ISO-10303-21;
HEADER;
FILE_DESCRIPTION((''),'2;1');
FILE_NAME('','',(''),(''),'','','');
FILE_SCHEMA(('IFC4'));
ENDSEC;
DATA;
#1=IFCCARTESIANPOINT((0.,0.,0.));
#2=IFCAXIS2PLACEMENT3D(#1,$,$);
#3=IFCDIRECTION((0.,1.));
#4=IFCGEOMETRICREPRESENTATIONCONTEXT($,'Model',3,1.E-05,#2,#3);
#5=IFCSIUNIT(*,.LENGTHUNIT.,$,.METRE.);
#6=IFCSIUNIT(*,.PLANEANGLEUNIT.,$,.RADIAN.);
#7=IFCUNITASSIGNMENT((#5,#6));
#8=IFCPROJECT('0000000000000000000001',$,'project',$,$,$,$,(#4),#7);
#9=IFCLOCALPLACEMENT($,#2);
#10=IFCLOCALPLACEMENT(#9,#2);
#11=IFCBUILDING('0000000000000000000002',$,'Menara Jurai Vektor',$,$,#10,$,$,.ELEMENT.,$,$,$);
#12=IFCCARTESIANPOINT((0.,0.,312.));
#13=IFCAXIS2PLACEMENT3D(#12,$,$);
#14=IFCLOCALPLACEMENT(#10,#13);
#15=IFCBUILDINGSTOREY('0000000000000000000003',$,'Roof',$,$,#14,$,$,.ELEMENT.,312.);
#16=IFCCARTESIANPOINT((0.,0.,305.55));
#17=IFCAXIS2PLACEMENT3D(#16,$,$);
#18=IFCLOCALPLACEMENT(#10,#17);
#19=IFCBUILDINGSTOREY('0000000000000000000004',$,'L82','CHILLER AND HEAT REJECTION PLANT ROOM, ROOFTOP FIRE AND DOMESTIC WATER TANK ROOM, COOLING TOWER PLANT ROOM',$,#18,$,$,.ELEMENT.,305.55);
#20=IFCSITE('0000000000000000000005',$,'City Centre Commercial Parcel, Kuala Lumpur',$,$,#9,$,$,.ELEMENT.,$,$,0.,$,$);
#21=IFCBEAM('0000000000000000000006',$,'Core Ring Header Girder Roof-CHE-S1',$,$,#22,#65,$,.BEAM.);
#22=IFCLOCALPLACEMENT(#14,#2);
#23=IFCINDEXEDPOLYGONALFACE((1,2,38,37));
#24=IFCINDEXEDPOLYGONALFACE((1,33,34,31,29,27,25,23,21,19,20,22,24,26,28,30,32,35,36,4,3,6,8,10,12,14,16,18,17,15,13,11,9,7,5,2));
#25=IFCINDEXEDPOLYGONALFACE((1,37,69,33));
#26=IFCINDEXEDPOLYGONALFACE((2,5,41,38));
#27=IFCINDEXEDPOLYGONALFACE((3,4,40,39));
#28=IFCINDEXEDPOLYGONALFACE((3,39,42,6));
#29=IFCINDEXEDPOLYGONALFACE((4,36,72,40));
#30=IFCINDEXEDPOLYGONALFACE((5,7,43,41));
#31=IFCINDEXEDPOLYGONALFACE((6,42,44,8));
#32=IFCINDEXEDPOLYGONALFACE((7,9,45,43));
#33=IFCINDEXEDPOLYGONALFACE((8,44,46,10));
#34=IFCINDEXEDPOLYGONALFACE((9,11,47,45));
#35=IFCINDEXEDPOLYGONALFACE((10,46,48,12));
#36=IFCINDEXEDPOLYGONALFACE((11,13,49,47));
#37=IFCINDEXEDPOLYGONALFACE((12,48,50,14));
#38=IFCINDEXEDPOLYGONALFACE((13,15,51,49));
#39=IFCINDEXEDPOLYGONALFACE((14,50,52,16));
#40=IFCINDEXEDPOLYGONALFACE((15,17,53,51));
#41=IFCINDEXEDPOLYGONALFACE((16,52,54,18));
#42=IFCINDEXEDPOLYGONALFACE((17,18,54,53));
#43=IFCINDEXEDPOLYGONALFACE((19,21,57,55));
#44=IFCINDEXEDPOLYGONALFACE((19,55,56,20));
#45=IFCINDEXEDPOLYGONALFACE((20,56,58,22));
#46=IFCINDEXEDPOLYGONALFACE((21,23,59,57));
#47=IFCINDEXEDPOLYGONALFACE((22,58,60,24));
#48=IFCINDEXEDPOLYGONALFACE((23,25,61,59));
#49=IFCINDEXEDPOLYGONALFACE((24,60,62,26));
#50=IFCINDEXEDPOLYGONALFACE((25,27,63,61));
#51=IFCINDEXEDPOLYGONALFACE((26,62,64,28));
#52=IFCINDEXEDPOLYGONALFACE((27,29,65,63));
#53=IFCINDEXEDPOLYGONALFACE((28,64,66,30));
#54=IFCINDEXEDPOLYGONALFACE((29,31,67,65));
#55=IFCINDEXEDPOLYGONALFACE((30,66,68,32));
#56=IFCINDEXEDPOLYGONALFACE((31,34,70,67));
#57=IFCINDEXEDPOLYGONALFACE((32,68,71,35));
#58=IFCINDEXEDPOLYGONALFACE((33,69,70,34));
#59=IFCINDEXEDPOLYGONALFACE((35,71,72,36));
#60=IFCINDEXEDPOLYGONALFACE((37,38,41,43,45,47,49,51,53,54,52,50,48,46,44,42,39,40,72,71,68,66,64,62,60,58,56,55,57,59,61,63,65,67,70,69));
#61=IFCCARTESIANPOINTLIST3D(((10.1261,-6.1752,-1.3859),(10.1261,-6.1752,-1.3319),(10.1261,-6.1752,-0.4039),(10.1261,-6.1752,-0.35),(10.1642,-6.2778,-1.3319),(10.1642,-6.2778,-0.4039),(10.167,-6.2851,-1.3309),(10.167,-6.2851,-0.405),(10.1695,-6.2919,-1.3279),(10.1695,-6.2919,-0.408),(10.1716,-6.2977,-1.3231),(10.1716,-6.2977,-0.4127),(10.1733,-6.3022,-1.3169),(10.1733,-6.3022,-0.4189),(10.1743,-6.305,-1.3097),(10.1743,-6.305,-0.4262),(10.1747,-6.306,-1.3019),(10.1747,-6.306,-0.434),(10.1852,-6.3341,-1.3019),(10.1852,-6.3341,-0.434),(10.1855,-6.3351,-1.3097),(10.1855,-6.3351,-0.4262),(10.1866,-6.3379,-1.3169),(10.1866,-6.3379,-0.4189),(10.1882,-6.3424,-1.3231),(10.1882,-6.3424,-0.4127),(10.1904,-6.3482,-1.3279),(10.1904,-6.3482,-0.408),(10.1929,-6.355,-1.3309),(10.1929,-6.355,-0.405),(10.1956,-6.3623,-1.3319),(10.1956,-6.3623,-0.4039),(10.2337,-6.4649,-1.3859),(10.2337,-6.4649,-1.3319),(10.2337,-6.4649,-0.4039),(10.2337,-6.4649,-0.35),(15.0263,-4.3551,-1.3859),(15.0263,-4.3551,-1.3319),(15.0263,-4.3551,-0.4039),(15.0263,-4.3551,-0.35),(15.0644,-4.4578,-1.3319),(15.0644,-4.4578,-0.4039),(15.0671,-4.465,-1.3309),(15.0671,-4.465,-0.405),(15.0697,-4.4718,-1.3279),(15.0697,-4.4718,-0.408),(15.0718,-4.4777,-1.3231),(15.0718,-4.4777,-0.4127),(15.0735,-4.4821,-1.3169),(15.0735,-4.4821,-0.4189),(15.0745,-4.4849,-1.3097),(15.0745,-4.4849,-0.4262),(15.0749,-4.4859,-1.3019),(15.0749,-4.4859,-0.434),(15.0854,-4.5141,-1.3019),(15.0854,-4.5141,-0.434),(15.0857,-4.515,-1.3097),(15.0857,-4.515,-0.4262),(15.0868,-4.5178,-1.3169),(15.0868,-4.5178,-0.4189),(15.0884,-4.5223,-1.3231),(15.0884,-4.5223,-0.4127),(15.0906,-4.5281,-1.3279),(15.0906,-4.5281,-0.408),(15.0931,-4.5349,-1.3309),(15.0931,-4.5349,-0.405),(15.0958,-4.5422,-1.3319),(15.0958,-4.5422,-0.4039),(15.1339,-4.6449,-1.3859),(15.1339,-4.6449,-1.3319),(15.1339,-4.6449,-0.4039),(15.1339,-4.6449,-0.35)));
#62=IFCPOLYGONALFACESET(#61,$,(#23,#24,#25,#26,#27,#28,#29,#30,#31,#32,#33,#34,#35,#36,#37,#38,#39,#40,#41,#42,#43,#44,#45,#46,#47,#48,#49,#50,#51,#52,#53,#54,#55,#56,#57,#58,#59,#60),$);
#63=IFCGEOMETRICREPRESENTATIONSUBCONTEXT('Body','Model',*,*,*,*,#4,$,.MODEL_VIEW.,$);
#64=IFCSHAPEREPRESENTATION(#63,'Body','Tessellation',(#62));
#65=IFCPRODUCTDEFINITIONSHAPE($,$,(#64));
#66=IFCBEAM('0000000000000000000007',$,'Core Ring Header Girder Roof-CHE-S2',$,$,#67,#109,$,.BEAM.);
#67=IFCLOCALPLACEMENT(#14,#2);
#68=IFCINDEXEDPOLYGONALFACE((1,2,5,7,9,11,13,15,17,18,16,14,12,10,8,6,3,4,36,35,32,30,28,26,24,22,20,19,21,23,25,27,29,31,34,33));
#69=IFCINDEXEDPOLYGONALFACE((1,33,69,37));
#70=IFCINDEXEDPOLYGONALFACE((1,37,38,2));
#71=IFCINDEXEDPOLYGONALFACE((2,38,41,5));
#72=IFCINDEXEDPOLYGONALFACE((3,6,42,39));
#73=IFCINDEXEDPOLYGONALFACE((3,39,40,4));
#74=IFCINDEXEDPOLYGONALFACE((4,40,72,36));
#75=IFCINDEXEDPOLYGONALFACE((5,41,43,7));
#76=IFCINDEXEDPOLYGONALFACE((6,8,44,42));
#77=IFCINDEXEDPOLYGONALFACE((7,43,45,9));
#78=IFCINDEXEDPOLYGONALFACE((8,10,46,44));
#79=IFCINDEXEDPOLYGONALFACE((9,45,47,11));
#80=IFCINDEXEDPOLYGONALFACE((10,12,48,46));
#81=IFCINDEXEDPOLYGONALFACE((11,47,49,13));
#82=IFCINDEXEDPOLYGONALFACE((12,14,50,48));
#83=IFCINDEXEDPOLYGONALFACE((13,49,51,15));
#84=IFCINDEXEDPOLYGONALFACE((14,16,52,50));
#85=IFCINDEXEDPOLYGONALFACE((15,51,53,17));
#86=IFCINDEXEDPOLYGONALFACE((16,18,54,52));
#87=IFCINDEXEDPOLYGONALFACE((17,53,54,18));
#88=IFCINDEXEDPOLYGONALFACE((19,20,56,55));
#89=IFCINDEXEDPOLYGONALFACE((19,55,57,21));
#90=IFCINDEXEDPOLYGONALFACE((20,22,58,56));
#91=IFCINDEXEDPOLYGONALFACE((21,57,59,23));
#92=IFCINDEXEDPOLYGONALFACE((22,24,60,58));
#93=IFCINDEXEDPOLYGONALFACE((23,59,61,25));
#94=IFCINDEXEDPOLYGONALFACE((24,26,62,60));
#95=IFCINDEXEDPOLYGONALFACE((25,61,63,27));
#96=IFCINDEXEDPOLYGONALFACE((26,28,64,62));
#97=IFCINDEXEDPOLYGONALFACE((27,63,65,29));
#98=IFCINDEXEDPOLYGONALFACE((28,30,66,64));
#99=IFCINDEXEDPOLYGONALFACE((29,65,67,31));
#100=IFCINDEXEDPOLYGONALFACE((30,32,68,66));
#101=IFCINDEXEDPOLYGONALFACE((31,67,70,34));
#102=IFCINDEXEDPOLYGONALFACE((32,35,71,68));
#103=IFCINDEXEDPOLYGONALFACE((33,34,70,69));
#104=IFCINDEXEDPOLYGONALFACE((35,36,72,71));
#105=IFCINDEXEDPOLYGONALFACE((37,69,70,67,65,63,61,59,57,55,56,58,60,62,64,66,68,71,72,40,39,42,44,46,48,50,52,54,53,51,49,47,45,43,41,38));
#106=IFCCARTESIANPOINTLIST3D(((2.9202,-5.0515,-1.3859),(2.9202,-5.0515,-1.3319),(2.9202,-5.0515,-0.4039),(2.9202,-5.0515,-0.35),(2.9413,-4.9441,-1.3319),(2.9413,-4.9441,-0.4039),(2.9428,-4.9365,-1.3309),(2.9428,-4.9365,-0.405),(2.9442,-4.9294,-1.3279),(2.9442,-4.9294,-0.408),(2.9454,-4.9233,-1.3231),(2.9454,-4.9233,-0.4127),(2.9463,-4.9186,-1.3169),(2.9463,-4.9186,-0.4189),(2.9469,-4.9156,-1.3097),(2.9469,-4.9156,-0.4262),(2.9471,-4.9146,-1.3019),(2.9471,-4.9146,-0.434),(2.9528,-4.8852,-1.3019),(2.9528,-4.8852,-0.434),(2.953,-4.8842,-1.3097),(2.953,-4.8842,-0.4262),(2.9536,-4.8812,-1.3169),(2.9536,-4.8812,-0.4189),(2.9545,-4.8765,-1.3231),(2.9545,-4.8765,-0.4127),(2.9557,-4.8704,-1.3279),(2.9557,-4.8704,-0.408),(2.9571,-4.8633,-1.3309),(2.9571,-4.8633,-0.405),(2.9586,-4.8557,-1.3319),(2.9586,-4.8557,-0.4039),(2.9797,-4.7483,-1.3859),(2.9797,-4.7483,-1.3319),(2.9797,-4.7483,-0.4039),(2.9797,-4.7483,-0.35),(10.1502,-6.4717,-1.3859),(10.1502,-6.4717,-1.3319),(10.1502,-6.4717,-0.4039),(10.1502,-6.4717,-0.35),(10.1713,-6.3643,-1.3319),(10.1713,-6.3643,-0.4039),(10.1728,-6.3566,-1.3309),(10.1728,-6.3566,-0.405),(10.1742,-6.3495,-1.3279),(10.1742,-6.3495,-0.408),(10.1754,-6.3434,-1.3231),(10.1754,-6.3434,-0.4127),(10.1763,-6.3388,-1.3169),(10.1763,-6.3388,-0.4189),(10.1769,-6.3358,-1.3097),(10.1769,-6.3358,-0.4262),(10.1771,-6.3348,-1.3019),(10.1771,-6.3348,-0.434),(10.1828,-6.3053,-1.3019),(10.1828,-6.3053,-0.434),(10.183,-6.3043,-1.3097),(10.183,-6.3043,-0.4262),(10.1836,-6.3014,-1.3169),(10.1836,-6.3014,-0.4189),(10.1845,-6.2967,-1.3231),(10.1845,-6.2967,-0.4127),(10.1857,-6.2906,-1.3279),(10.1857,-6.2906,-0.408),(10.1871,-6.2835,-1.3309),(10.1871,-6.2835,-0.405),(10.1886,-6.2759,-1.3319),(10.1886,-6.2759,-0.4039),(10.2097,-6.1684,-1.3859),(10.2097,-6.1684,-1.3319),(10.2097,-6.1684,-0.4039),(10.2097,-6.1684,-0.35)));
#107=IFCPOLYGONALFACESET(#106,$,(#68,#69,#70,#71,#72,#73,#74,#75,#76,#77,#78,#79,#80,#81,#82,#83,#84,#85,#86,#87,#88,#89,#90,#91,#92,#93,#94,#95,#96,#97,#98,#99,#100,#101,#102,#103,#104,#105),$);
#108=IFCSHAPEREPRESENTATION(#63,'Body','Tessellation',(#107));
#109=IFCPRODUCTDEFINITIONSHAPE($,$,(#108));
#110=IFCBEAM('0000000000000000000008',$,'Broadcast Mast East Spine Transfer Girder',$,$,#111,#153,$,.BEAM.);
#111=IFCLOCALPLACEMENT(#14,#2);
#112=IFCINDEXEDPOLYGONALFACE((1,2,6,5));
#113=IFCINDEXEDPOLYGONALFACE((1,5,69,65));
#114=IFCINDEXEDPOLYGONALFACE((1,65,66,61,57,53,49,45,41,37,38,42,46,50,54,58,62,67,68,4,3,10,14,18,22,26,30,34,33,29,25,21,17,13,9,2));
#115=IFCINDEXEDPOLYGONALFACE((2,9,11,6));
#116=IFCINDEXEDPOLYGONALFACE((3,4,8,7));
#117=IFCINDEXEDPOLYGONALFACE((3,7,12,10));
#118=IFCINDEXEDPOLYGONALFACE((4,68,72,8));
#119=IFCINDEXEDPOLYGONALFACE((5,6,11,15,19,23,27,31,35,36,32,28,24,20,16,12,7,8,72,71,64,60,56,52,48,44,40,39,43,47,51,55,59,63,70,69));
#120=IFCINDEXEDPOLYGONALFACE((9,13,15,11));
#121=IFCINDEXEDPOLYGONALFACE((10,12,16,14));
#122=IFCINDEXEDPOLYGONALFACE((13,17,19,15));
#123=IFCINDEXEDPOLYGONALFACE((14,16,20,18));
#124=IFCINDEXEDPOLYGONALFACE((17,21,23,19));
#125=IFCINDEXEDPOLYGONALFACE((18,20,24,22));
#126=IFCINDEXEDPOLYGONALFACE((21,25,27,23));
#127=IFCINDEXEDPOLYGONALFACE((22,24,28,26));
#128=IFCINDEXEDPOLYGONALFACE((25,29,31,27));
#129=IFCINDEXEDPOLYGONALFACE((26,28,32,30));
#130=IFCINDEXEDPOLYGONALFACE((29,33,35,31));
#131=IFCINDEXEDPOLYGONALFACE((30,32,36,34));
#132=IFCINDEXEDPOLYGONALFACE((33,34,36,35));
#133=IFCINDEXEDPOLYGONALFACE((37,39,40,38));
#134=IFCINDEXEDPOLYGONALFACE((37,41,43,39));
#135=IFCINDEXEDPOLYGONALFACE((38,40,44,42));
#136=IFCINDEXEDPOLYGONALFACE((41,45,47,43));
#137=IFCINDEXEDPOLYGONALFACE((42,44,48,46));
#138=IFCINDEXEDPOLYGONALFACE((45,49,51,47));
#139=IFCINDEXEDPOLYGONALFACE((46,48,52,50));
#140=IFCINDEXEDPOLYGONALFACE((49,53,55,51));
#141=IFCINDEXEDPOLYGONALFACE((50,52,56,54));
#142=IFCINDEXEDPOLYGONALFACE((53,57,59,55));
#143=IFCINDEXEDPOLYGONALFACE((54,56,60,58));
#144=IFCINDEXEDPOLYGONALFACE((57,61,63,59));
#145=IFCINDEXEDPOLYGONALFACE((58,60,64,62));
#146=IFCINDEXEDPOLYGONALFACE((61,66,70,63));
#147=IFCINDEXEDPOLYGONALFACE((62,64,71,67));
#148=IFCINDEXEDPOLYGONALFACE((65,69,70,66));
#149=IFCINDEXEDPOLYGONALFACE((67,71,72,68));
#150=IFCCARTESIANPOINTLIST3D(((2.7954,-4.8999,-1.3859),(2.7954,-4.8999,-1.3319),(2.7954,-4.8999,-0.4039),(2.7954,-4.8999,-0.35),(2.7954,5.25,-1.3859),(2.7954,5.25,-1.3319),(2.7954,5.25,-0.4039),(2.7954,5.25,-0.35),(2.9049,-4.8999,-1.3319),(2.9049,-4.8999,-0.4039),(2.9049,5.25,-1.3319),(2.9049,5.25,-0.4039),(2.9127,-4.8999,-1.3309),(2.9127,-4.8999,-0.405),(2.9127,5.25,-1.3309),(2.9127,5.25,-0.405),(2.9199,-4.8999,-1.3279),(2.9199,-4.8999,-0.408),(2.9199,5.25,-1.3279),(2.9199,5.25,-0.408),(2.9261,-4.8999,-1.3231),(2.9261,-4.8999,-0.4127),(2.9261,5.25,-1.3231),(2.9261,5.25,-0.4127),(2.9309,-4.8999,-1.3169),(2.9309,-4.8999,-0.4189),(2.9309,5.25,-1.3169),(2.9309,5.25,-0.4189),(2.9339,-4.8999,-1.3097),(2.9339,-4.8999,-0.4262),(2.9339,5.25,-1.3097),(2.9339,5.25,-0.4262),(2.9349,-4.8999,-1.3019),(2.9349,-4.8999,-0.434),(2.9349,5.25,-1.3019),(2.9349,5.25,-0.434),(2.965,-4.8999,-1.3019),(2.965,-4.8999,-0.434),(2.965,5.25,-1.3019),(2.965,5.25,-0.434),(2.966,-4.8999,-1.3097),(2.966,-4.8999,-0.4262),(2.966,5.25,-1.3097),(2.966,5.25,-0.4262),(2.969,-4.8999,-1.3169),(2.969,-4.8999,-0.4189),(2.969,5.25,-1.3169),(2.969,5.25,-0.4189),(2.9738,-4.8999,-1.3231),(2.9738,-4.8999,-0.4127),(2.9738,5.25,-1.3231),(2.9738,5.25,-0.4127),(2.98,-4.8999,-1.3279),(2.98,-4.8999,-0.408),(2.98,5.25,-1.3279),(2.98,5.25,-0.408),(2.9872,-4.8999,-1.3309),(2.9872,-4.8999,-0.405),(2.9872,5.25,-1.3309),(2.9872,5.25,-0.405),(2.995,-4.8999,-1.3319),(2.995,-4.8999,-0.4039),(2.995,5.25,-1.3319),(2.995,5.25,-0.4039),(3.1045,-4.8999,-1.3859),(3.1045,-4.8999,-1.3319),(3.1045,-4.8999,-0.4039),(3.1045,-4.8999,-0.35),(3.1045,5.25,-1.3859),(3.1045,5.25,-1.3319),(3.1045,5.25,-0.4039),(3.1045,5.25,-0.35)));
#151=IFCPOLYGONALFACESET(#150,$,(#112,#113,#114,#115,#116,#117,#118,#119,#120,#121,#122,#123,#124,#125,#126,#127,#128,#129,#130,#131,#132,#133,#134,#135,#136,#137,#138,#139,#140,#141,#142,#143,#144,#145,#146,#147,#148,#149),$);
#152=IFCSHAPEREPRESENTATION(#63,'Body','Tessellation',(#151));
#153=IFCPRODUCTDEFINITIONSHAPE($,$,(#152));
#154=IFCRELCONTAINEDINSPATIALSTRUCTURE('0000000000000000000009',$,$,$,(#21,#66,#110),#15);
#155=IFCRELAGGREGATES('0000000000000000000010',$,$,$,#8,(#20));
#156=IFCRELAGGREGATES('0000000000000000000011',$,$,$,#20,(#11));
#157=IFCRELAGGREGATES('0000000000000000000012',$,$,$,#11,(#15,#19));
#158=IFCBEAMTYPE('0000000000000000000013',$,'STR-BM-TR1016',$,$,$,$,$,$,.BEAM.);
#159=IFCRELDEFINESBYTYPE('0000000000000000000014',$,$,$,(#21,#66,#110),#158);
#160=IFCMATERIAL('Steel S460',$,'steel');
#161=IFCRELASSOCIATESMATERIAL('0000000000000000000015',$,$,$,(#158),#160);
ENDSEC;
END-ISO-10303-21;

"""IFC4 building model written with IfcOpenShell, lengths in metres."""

from ifc_helpers import new_model, si_unit, direction, frame, origin, origin_2d, place, context, subcontext, project, spatial, i_section, extrude, material, material_profile, profile_set, type_object, element, save


model = new_model("IFC4")

# Units and contexts
model_context = context("Model", 3, precision=1e-05, world=origin(), true_north=direction((0.0, 1.0)))
body_context = subcontext(model_context, "Body", "Model", "MODEL_VIEW")
ifc_project = project(units=[si_unit("LENGTHUNIT", "METRE"), si_unit("PLANEANGLEUNIT", "RADIAN")], contexts=[model_context])

# Site, building, storey
site_placement = place(None, origin())
site = spatial("IfcSite", under=ifc_project, at=site_placement, Name="City Centre Commercial Parcel, Kuala Lumpur", CompositionType="ELEMENT", RefElevation=0.0)
building_placement = place(site_placement, origin())
building = spatial("IfcBuilding", under=site, at=building_placement, Name="Menara Jurai Vektor", CompositionType="ELEMENT")
storey_1_placement = place(building_placement, frame((0.0, 0.0, 312.0)))
storey_1 = spatial("IfcBuildingStorey", under=building, at=storey_1_placement, Name="Roof", CompositionType="ELEMENT", Elevation=312.0)

# Shared definitions
ifc_material_1 = material(Name="Steel S460", Category="steel")

# Beams
ifc_material_profile_1 = material_profile(ifc_material_1, i_section(OverallWidth=0.3091, OverallDepth=1.0359, WebThickness=0.03, FlangeThickness=0.054, FilletRadius=0.03, at=origin_2d()), Name="UKB 1016x305x487")
ifc_profile_set_1 = profile_set([ifc_material_profile_1], Name="Steel S460")
beam_type_1 = type_object("IfcBeamType", Name="STR-BM-TR1016", PredefinedType="BEAM", material=ifc_profile_set_1)
beam_1_placement = place(storey_1_placement, frame((10.1799, -6.3201, -0.8679), z_axis=(0.937424, 0.348189, 0.0), x_axis=(-0.348189, 0.937424, 0.0)))
element("IfcBeam", 1, at=beam_1_placement, inside=storey_1, type_object=beam_type_1, Name="Core Ring Header Girder Roof-CHE-S1", PredefinedType="BEAM", context=body_context, shape_type="SweptSolid", body=[
    extrude(i_section(OverallWidth=0.3091, OverallDepth=1.0359, WebThickness=0.03, FlangeThickness=0.054, FilletRadius=0.03, at=origin_2d()), origin(), (0.0, 0.0, 1.0), 5.2273),
])
beam_2_placement = place(storey_1_placement, frame((2.95, -4.8999, -0.8679), z_axis=(0.981249, -0.192744, 0.0), x_axis=(0.192744, 0.981249, 0.0)))
element("IfcBeam", 2, at=beam_2_placement, inside=storey_1, type_object=beam_type_1, Name="Core Ring Header Girder Roof-CHE-S2", PredefinedType="BEAM", context=body_context, shape_type="SweptSolid", body=[
    extrude(i_section(OverallWidth=0.3091, OverallDepth=1.0359, WebThickness=0.03, FlangeThickness=0.054, FilletRadius=0.03, at=origin_2d()), origin(), (0.0, 0.0, 1.0), 7.3682),
])
beam_3_placement = place(storey_1_placement, frame((2.95, -4.8999, -0.8679), z_axis=(0.0, 1.0, 0.0), x_axis=(-1.0, 0.0, 0.0)))
element("IfcBeam", 3, at=beam_3_placement, inside=storey_1, type_object=beam_type_1, Name="Broadcast Mast East Spine Transfer Girder", PredefinedType="BEAM", context=body_context, shape_type="SweptSolid", body=[
    extrude(i_section(OverallWidth=0.3091, OverallDepth=1.0359, WebThickness=0.03, FlangeThickness=0.054, FilletRadius=0.03, at=origin_2d()), origin(), (0.0, 0.0, 1.0), 10.1499),
])

# Shared definitions
storey_2_placement = place(building_placement, frame((0.0, 0.0, 305.55)))
storey_2 = spatial("IfcBuildingStorey", under=building, at=storey_2_placement, Name="L82", Description="CHILLER AND HEAT REJECTION PLANT ROOM, ROOFTOP FIRE AND DOMESTIC WATER TANK ROOM, COOLING TOWER PLANT ROOM", CompositionType="ELEMENT", Elevation=305.55)

save(model, "model.ifc")
